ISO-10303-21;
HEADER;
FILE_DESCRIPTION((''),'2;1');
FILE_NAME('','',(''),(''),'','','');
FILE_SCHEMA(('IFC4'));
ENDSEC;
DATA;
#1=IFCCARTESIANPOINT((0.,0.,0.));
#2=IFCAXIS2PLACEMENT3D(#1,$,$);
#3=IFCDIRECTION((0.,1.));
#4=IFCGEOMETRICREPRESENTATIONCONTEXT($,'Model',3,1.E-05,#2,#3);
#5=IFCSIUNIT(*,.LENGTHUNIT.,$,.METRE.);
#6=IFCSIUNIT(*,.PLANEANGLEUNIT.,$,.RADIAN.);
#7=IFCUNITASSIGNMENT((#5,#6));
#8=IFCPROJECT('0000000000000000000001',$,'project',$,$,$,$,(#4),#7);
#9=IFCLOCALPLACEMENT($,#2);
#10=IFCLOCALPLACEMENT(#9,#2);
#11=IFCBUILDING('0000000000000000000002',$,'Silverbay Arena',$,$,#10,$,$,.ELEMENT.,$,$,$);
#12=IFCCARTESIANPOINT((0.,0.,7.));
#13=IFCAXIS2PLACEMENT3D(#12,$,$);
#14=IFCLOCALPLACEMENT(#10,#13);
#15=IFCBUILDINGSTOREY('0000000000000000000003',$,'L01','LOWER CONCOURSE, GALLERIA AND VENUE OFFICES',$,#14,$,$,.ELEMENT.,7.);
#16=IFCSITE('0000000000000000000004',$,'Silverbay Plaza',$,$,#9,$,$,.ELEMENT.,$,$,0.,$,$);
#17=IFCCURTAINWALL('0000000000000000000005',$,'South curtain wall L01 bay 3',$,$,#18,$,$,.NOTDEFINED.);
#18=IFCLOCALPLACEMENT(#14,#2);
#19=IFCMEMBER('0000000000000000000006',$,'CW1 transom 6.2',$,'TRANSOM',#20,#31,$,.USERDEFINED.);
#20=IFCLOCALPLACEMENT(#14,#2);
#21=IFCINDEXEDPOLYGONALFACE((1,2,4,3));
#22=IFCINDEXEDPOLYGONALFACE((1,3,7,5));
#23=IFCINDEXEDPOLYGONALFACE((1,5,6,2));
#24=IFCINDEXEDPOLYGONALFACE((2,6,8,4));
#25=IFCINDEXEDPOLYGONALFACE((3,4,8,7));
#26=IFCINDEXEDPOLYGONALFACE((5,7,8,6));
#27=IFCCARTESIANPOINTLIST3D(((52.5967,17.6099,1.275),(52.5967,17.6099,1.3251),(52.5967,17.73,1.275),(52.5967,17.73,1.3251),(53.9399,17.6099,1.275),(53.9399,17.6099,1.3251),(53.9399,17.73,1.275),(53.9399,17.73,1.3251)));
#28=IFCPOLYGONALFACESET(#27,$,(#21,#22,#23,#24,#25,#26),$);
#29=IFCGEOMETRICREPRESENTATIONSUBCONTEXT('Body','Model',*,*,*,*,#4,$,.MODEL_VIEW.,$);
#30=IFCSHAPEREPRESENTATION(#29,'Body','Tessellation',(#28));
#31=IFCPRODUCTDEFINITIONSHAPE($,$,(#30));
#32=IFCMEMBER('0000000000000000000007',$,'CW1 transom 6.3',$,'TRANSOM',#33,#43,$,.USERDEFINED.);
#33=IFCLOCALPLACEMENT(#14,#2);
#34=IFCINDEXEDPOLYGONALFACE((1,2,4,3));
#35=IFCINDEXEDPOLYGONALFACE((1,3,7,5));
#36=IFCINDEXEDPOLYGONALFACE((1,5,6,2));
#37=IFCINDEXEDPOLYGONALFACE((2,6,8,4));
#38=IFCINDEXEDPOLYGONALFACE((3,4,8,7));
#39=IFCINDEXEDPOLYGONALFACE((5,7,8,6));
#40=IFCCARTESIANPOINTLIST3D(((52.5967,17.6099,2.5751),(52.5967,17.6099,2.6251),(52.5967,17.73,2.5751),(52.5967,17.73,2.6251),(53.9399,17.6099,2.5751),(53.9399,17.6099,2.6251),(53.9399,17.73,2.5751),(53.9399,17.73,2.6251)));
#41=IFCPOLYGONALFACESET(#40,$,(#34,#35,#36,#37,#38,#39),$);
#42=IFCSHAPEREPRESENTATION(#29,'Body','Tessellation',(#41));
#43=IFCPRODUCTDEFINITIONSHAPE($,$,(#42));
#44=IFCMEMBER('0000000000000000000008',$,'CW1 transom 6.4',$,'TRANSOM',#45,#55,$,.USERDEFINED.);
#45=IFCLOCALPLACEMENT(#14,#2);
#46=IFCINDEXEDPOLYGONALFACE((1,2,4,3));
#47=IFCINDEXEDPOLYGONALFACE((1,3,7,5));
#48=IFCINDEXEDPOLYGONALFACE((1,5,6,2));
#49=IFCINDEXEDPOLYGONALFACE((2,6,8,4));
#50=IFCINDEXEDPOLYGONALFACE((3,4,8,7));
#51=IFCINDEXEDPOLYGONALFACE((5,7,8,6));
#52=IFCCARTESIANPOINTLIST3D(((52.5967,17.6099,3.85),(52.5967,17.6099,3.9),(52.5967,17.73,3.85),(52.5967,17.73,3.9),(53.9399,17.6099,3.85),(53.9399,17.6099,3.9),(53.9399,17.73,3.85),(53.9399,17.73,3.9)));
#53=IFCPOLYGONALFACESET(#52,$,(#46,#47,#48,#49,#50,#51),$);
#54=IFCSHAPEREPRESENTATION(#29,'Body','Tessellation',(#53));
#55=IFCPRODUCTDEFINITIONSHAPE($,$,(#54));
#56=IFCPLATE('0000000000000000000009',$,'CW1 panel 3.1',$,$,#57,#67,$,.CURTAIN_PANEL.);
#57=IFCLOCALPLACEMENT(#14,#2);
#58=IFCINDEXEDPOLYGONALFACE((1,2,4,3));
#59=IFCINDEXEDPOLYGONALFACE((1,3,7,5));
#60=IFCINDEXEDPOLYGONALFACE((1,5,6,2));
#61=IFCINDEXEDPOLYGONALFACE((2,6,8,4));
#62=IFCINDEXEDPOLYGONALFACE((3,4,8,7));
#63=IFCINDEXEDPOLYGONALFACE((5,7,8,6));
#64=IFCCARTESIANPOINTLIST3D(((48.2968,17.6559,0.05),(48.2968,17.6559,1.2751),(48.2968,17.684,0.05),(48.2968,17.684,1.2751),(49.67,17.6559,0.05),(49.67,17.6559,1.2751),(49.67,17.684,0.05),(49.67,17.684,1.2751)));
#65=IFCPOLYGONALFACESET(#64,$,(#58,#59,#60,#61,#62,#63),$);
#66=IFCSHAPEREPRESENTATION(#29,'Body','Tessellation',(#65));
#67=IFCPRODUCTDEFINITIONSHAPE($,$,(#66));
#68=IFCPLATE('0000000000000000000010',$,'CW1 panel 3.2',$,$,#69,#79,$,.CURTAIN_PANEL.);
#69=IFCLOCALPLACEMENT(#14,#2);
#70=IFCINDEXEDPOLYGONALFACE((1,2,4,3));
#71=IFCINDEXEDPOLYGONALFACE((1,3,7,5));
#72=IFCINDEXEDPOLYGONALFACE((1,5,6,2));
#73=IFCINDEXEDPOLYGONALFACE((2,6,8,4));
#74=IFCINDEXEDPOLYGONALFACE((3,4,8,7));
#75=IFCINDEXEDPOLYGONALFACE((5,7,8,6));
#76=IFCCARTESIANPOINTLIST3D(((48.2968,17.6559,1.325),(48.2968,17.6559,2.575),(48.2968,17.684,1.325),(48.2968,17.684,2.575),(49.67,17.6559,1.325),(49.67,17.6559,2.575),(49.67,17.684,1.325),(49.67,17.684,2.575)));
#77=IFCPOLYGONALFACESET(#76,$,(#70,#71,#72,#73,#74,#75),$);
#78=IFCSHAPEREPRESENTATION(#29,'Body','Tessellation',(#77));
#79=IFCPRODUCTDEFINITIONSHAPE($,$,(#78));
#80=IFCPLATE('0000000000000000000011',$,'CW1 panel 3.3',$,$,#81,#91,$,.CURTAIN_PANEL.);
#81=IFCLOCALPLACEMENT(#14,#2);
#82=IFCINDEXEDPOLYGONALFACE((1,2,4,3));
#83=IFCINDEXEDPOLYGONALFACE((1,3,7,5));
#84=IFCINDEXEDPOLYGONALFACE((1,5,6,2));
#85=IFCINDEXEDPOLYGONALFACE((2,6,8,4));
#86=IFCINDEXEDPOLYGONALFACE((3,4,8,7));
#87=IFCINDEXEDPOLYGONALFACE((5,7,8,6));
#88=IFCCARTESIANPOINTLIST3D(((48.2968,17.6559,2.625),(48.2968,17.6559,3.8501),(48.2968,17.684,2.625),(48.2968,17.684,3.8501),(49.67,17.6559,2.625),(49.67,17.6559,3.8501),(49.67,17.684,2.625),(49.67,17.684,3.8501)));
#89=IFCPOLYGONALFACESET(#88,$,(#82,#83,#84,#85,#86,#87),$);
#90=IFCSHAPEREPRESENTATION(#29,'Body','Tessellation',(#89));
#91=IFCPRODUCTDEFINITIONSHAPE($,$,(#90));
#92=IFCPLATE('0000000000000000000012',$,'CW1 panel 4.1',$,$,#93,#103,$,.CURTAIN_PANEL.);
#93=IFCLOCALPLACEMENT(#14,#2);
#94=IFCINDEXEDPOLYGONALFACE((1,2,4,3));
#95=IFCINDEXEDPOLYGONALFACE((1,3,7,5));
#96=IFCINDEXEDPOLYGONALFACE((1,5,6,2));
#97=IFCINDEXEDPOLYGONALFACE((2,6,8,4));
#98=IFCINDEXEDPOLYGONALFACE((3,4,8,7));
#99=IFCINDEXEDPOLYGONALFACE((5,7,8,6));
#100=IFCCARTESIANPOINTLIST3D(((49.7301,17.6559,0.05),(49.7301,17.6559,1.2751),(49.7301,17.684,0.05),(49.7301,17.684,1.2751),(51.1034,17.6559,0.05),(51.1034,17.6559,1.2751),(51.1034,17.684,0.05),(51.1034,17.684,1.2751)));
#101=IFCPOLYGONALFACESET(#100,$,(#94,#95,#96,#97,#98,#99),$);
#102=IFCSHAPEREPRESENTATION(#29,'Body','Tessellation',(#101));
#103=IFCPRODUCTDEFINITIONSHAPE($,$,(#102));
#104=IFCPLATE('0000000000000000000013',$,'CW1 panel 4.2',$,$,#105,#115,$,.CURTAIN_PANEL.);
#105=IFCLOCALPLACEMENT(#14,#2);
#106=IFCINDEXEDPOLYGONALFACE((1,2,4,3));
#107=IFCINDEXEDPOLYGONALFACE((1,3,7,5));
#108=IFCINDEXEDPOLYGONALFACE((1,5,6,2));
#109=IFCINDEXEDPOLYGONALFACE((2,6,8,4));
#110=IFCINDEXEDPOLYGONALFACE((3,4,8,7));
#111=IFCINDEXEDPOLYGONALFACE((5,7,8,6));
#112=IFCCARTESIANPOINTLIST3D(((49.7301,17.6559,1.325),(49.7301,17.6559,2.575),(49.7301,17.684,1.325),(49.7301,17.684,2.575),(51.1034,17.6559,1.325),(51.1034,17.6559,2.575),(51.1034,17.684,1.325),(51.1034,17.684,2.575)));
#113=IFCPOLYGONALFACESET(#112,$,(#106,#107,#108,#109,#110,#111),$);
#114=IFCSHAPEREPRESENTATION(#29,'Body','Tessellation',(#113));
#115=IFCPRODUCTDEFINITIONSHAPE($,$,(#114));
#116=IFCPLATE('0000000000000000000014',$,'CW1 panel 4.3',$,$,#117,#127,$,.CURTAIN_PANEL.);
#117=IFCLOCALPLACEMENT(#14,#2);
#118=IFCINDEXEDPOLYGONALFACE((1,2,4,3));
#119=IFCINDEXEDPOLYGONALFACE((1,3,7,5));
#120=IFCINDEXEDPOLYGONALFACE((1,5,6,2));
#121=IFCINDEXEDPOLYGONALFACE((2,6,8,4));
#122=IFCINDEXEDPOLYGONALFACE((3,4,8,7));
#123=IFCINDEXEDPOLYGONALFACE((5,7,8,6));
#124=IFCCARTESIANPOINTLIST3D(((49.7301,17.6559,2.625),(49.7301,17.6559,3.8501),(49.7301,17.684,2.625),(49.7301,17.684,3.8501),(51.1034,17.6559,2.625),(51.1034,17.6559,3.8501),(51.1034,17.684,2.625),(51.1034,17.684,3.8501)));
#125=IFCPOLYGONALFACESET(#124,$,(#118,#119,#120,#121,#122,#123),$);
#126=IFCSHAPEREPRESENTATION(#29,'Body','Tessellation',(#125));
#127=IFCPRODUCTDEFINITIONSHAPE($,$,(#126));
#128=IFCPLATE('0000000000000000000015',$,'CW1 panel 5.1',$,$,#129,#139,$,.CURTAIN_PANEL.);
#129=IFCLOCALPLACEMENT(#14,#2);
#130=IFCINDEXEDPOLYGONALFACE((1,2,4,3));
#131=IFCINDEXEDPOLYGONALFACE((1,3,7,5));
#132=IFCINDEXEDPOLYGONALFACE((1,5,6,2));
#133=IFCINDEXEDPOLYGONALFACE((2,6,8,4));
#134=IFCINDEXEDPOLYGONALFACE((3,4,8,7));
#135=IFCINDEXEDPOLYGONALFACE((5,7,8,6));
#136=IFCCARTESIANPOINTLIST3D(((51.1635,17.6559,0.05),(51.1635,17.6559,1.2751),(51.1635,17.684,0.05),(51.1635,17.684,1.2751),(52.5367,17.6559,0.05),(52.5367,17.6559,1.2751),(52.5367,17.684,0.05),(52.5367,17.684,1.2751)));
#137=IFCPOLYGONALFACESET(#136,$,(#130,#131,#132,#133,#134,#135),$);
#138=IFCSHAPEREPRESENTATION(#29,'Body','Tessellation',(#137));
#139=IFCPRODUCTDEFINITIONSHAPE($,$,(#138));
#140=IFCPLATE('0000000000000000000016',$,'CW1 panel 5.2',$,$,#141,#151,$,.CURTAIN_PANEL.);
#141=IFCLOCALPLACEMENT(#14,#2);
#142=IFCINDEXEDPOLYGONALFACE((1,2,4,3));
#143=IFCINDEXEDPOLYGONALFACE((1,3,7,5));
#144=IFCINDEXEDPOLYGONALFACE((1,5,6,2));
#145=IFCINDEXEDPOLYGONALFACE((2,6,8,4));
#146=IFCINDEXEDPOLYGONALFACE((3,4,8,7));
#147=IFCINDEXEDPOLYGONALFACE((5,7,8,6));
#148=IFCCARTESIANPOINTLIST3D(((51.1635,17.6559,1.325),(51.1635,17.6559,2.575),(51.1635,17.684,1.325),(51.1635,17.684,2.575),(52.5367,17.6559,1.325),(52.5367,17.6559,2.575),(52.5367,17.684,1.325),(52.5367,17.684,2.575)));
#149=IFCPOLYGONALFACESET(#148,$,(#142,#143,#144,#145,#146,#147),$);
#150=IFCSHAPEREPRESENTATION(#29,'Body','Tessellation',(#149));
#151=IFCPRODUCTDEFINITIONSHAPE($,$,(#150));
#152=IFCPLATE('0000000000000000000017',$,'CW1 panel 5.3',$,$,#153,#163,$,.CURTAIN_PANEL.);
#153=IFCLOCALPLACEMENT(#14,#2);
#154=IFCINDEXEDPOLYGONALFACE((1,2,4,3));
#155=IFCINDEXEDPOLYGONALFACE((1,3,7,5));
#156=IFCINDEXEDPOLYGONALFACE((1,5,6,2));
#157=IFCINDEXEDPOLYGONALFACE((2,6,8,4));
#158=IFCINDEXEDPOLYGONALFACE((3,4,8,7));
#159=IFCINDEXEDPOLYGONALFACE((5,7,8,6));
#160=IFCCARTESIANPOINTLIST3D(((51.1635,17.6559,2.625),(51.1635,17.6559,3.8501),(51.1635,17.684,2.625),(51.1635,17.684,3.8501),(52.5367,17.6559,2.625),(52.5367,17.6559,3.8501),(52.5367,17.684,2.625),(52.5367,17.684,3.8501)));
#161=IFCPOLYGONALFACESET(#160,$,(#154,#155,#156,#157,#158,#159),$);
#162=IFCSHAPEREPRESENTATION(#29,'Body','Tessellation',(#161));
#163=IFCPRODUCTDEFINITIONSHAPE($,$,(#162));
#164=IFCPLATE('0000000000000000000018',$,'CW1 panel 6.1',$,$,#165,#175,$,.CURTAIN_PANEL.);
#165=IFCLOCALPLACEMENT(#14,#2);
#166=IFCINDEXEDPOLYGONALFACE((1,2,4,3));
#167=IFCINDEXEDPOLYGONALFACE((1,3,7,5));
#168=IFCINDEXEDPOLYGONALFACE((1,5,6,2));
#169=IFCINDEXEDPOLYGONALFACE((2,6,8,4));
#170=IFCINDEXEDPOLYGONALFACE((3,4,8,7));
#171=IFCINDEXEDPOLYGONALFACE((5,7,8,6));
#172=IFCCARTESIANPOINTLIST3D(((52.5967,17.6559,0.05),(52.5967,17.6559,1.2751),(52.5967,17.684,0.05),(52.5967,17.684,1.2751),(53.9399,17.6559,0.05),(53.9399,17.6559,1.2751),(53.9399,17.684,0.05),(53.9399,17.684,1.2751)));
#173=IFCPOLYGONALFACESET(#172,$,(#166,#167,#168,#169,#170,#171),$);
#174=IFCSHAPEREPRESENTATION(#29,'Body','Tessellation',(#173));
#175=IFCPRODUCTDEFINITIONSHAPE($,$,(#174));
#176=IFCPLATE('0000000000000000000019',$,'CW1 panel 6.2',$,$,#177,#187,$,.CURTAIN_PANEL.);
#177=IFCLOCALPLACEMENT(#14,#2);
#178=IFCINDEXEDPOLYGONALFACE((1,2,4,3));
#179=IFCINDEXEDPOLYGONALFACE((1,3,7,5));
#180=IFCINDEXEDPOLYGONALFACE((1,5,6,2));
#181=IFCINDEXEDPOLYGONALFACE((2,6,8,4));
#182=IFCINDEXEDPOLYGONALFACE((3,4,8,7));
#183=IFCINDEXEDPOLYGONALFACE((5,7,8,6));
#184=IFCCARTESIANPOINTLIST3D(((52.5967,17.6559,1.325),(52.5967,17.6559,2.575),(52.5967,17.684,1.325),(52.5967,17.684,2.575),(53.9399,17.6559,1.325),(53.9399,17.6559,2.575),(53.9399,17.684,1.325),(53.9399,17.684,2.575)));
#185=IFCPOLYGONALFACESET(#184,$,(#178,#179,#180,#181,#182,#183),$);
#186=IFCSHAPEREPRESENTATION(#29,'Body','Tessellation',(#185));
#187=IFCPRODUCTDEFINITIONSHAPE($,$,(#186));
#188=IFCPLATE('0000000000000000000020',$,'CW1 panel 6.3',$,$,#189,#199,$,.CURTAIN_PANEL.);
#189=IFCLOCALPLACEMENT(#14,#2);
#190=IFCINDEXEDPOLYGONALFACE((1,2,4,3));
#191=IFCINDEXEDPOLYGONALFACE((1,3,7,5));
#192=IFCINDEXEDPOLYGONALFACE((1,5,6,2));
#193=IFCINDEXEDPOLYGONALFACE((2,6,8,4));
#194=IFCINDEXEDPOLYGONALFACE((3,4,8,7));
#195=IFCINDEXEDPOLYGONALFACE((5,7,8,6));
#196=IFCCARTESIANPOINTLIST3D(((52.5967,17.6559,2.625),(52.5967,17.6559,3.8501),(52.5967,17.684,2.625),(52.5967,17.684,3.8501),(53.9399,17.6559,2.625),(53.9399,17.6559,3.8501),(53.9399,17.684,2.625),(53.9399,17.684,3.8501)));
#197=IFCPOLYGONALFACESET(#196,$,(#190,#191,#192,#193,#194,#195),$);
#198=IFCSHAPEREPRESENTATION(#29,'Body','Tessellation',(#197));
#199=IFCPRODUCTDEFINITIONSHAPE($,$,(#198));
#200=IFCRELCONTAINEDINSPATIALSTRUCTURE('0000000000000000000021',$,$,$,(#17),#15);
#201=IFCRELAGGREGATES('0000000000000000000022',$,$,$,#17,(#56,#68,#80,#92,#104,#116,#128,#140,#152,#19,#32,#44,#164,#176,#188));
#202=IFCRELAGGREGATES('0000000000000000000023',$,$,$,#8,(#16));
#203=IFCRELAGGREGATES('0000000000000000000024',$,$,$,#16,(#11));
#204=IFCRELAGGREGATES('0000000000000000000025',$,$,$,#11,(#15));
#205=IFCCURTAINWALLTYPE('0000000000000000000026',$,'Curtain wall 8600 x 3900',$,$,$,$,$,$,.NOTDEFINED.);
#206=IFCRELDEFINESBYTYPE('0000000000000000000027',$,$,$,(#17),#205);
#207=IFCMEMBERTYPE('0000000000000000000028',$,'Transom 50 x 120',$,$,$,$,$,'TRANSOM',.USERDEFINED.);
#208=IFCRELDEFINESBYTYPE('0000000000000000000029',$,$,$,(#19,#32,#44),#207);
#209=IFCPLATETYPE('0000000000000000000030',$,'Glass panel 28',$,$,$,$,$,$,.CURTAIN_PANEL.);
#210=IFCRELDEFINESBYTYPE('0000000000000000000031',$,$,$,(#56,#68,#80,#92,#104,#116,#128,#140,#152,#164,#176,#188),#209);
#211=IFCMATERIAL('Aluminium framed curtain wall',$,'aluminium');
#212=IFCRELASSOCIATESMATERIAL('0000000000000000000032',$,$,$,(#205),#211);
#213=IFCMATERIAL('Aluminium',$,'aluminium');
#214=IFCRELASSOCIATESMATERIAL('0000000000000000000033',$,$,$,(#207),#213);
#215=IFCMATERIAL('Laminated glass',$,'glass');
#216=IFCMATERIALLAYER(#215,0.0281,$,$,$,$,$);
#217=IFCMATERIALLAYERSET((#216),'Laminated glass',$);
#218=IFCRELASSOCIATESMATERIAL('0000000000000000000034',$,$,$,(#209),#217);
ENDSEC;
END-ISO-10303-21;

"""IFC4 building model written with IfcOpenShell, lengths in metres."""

from ifc_helpers import new_model, si_unit, direction, frame, origin, origin_2d, place, context, subcontext, project, spatial, rectangle, extrude, material, layer, layer_set, material_profile, profile_set, type_object, element, aggregate, save


model = new_model("IFC4")

# Units and contexts
model_context = context("Model", 3, precision=1e-05, world=origin(), true_north=direction((0.0, 1.0)))
body_context = subcontext(model_context, "Body", "Model", "MODEL_VIEW")
ifc_project = project(units=[si_unit("LENGTHUNIT", "METRE"), si_unit("PLANEANGLEUNIT", "RADIAN")], contexts=[model_context])

# Site, building, storey
site_placement = place(None, origin())
site = spatial("IfcSite", under=ifc_project, at=site_placement, Name="Silverbay Plaza", CompositionType="ELEMENT", RefElevation=0.0)
building_placement = place(site_placement, origin())
building = spatial("IfcBuilding", under=site, at=building_placement, Name="Silverbay Arena", CompositionType="ELEMENT")
storey_placement = place(building_placement, frame((0.0, 0.0, 7.0)))
storey = spatial("IfcBuildingStorey", under=building, at=storey_placement, Name="L01", Description="LOWER CONCOURSE, GALLERIA AND VENUE OFFICES", CompositionType="ELEMENT", Elevation=7.0)

# Curtain wall, members, plates
ifc_material_1 = material(Name="Aluminium framed curtain wall", Category="aluminium")
curtain_wall_type = type_object("IfcCurtainWallType", Name="Curtain wall 8600 x 3900", PredefinedType="NOTDEFINED", material=ifc_material_1)
curtain_wall_placement = place(storey_placement, origin())
curtain_wall = element("IfcCurtainWall", 1, at=curtain_wall_placement, inside=storey, type_object=curtain_wall_type, Name="South curtain wall L01 bay 3", PredefinedType="NOTDEFINED")
ifc_material_2 = material(Name="Aluminium", Category="aluminium")
ifc_material_profile_1 = material_profile(ifc_material_2, rectangle(XDim=0.1201, YDim=0.05, at=origin_2d()), Name="Transom 50 x 120")
ifc_profile_set_1 = profile_set([ifc_material_profile_1], Name="Aluminium")
member_type_1 = type_object("IfcMemberType", Name="Transom 50 x 120", ElementType="TRANSOM", PredefinedType="USERDEFINED", material=ifc_profile_set_1)
member_1_placement = place(storey_placement, frame((52.5967, 17.6699, 1.3), z_axis=(1.0, 0.0, 0.0), x_axis=(0.0, 1.0, 0.0)))
member_1 = element("IfcMember", 2, at=member_1_placement, type_object=member_type_1, Name="CW1 transom 6.2", ObjectType="TRANSOM", PredefinedType="USERDEFINED", context=body_context, shape_type="SweptSolid", body=[
    extrude(rectangle(XDim=0.1201, YDim=0.05, at=origin_2d()), origin(), (0.0, 0.0, 1.0), 1.3433),
])
member_2_placement = place(storey_placement, frame((52.5967, 17.6699, 2.6001), z_axis=(1.0, 0.0, 0.0), x_axis=(0.0, 1.0, 0.0)))
member_2 = element("IfcMember", 3, at=member_2_placement, type_object=member_type_1, Name="CW1 transom 6.3", ObjectType="TRANSOM", PredefinedType="USERDEFINED", context=body_context, shape_type="SweptSolid", body=[
    extrude(rectangle(XDim=0.1201, YDim=0.05, at=origin_2d()), origin(), (0.0, 0.0, 1.0), 1.3433),
])
member_3_placement = place(storey_placement, frame((52.5967, 17.6699, 3.875), z_axis=(1.0, 0.0, 0.0), x_axis=(0.0, 1.0, 0.0)))
member_3 = element("IfcMember", 4, at=member_3_placement, type_object=member_type_1, Name="CW1 transom 6.4", ObjectType="TRANSOM", PredefinedType="USERDEFINED", context=body_context, shape_type="SweptSolid", body=[
    extrude(rectangle(XDim=0.1201, YDim=0.05, at=origin_2d()), origin(), (0.0, 0.0, 1.0), 1.3433),
])
ifc_material_3 = material(Name="Laminated glass", Category="glass")
ifc_layer = layer(ifc_material_3, 0.0281)
ifc_layer_set = layer_set([ifc_layer], Name="Laminated glass")
plate_type = type_object("IfcPlateType", Name="Glass panel 28", PredefinedType="CURTAIN_PANEL", material=ifc_layer_set)
plate_1_placement = place(storey_placement, frame((48.9834, 17.6699, 0.05), z_axis=(0.0, 0.0, 1.0), x_axis=(1.0, 0.0, 0.0)))
plate_1 = element("IfcPlate", 5, at=plate_1_placement, type_object=plate_type, Name="CW1 panel 3.1", PredefinedType="CURTAIN_PANEL", context=body_context, shape_type="SweptSolid", body=[
    extrude(rectangle(XDim=1.3733, YDim=0.0281, at=origin_2d()), origin(), (0.0, 0.0, 1.0), 1.2251),
])
plate_2_placement = place(storey_placement, frame((48.9834, 17.6699, 1.325), z_axis=(0.0, 0.0, 1.0), x_axis=(1.0, 0.0, 0.0)))
plate_2 = element("IfcPlate", 6, at=plate_2_placement, type_object=plate_type, Name="CW1 panel 3.2", PredefinedType="CURTAIN_PANEL", context=body_context, shape_type="SweptSolid", body=[
    extrude(rectangle(XDim=1.3733, YDim=0.0281, at=origin_2d()), origin(), (0.0, 0.0, 1.0), 1.25),
])
plate_3_placement = place(storey_placement, frame((48.9834, 17.6699, 2.625), z_axis=(0.0, 0.0, 1.0), x_axis=(1.0, 0.0, 0.0)))
plate_3 = element("IfcPlate", 7, at=plate_3_placement, type_object=plate_type, Name="CW1 panel 3.3", PredefinedType="CURTAIN_PANEL", context=body_context, shape_type="SweptSolid", body=[
    extrude(rectangle(XDim=1.3733, YDim=0.0281, at=origin_2d()), origin(), (0.0, 0.0, 1.0), 1.2251),
])
plate_4_placement = place(storey_placement, frame((50.4167, 17.6699, 0.05), z_axis=(0.0, 0.0, 1.0), x_axis=(1.0, 0.0, 0.0)))
plate_4 = element("IfcPlate", 8, at=plate_4_placement, type_object=plate_type, Name="CW1 panel 4.1", PredefinedType="CURTAIN_PANEL", context=body_context, shape_type="SweptSolid", body=[
    extrude(rectangle(XDim=1.3733, YDim=0.0281, at=origin_2d()), origin(), (0.0, 0.0, 1.0), 1.2251),
])
plate_5_placement = place(storey_placement, frame((50.4167, 17.6699, 1.325), z_axis=(0.0, 0.0, 1.0), x_axis=(1.0, 0.0, 0.0)))
plate_5 = element("IfcPlate", 9, at=plate_5_placement, type_object=plate_type, Name="CW1 panel 4.2", PredefinedType="CURTAIN_PANEL", context=body_context, shape_type="SweptSolid", body=[
    extrude(rectangle(XDim=1.3733, YDim=0.0281, at=origin_2d()), origin(), (0.0, 0.0, 1.0), 1.25),
])
plate_6_placement = place(storey_placement, frame((50.4167, 17.6699, 2.625), z_axis=(0.0, 0.0, 1.0), x_axis=(1.0, 0.0, 0.0)))
plate_6 = element("IfcPlate", 10, at=plate_6_placement, type_object=plate_type, Name="CW1 panel 4.3", PredefinedType="CURTAIN_PANEL", context=body_context, shape_type="SweptSolid", body=[
    extrude(rectangle(XDim=1.3733, YDim=0.0281, at=origin_2d()), origin(), (0.0, 0.0, 1.0), 1.2251),
])
plate_7_placement = place(storey_placement, frame((51.8501, 17.6699, 0.05), z_axis=(0.0, 0.0, 1.0), x_axis=(1.0, 0.0, 0.0)))
plate_7 = element("IfcPlate", 11, at=plate_7_placement, type_object=plate_type, Name="CW1 panel 5.1", PredefinedType="CURTAIN_PANEL", context=body_context, shape_type="SweptSolid", body=[
    extrude(rectangle(XDim=1.3733, YDim=0.0281, at=origin_2d()), origin(), (0.0, 0.0, 1.0), 1.2251),
])
plate_8_placement = place(storey_placement, frame((51.8501, 17.6699, 1.325), z_axis=(0.0, 0.0, 1.0), x_axis=(1.0, 0.0, 0.0)))
plate_8 = element("IfcPlate", 12, at=plate_8_placement, type_object=plate_type, Name="CW1 panel 5.2", PredefinedType="CURTAIN_PANEL", context=body_context, shape_type="SweptSolid", body=[
    extrude(rectangle(XDim=1.3733, YDim=0.0281, at=origin_2d()), origin(), (0.0, 0.0, 1.0), 1.25),
])
plate_9_placement = place(storey_placement, frame((51.8501, 17.6699, 2.625), z_axis=(0.0, 0.0, 1.0), x_axis=(1.0, 0.0, 0.0)))
plate_9 = element("IfcPlate", 13, at=plate_9_placement, type_object=plate_type, Name="CW1 panel 5.3", PredefinedType="CURTAIN_PANEL", context=body_context, shape_type="SweptSolid", body=[
    extrude(rectangle(XDim=1.3733, YDim=0.0281, at=origin_2d()), origin(), (0.0, 0.0, 1.0), 1.2251),
])
plate_10_placement = place(storey_placement, frame((53.2683, 17.6699, 0.05), z_axis=(0.0, 0.0, 1.0), x_axis=(1.0, 0.0, 0.0)))
plate_10 = element("IfcPlate", 14, at=plate_10_placement, type_object=plate_type, Name="CW1 panel 6.1", PredefinedType="CURTAIN_PANEL", context=body_context, shape_type="SweptSolid", body=[
    extrude(rectangle(XDim=1.3433, YDim=0.0281, at=origin_2d()), origin(), (0.0, 0.0, 1.0), 1.2251),
])
plate_11_placement = place(storey_placement, frame((53.2683, 17.6699, 1.325), z_axis=(0.0, 0.0, 1.0), x_axis=(1.0, 0.0, 0.0)))
plate_11 = element("IfcPlate", 15, at=plate_11_placement, type_object=plate_type, Name="CW1 panel 6.2", PredefinedType="CURTAIN_PANEL", context=body_context, shape_type="SweptSolid", body=[
    extrude(rectangle(XDim=1.3433, YDim=0.0281, at=origin_2d()), origin(), (0.0, 0.0, 1.0), 1.25),
])
plate_12_placement = place(storey_placement, frame((53.2683, 17.6699, 2.625), z_axis=(0.0, 0.0, 1.0), x_axis=(1.0, 0.0, 0.0)))
plate_12 = element("IfcPlate", 16, at=plate_12_placement, type_object=plate_type, Name="CW1 panel 6.3", PredefinedType="CURTAIN_PANEL", context=body_context, shape_type="SweptSolid", body=[
    extrude(rectangle(XDim=1.3433, YDim=0.0281, at=origin_2d()), origin(), (0.0, 0.0, 1.0), 1.2251),
])
aggregate(curtain_wall, [plate_1, plate_2, plate_3, plate_4, plate_5, plate_6, plate_7, plate_8, plate_9, member_1, member_2, member_3, plate_10, plate_11, plate_12])

save(model, "model.ifc")
